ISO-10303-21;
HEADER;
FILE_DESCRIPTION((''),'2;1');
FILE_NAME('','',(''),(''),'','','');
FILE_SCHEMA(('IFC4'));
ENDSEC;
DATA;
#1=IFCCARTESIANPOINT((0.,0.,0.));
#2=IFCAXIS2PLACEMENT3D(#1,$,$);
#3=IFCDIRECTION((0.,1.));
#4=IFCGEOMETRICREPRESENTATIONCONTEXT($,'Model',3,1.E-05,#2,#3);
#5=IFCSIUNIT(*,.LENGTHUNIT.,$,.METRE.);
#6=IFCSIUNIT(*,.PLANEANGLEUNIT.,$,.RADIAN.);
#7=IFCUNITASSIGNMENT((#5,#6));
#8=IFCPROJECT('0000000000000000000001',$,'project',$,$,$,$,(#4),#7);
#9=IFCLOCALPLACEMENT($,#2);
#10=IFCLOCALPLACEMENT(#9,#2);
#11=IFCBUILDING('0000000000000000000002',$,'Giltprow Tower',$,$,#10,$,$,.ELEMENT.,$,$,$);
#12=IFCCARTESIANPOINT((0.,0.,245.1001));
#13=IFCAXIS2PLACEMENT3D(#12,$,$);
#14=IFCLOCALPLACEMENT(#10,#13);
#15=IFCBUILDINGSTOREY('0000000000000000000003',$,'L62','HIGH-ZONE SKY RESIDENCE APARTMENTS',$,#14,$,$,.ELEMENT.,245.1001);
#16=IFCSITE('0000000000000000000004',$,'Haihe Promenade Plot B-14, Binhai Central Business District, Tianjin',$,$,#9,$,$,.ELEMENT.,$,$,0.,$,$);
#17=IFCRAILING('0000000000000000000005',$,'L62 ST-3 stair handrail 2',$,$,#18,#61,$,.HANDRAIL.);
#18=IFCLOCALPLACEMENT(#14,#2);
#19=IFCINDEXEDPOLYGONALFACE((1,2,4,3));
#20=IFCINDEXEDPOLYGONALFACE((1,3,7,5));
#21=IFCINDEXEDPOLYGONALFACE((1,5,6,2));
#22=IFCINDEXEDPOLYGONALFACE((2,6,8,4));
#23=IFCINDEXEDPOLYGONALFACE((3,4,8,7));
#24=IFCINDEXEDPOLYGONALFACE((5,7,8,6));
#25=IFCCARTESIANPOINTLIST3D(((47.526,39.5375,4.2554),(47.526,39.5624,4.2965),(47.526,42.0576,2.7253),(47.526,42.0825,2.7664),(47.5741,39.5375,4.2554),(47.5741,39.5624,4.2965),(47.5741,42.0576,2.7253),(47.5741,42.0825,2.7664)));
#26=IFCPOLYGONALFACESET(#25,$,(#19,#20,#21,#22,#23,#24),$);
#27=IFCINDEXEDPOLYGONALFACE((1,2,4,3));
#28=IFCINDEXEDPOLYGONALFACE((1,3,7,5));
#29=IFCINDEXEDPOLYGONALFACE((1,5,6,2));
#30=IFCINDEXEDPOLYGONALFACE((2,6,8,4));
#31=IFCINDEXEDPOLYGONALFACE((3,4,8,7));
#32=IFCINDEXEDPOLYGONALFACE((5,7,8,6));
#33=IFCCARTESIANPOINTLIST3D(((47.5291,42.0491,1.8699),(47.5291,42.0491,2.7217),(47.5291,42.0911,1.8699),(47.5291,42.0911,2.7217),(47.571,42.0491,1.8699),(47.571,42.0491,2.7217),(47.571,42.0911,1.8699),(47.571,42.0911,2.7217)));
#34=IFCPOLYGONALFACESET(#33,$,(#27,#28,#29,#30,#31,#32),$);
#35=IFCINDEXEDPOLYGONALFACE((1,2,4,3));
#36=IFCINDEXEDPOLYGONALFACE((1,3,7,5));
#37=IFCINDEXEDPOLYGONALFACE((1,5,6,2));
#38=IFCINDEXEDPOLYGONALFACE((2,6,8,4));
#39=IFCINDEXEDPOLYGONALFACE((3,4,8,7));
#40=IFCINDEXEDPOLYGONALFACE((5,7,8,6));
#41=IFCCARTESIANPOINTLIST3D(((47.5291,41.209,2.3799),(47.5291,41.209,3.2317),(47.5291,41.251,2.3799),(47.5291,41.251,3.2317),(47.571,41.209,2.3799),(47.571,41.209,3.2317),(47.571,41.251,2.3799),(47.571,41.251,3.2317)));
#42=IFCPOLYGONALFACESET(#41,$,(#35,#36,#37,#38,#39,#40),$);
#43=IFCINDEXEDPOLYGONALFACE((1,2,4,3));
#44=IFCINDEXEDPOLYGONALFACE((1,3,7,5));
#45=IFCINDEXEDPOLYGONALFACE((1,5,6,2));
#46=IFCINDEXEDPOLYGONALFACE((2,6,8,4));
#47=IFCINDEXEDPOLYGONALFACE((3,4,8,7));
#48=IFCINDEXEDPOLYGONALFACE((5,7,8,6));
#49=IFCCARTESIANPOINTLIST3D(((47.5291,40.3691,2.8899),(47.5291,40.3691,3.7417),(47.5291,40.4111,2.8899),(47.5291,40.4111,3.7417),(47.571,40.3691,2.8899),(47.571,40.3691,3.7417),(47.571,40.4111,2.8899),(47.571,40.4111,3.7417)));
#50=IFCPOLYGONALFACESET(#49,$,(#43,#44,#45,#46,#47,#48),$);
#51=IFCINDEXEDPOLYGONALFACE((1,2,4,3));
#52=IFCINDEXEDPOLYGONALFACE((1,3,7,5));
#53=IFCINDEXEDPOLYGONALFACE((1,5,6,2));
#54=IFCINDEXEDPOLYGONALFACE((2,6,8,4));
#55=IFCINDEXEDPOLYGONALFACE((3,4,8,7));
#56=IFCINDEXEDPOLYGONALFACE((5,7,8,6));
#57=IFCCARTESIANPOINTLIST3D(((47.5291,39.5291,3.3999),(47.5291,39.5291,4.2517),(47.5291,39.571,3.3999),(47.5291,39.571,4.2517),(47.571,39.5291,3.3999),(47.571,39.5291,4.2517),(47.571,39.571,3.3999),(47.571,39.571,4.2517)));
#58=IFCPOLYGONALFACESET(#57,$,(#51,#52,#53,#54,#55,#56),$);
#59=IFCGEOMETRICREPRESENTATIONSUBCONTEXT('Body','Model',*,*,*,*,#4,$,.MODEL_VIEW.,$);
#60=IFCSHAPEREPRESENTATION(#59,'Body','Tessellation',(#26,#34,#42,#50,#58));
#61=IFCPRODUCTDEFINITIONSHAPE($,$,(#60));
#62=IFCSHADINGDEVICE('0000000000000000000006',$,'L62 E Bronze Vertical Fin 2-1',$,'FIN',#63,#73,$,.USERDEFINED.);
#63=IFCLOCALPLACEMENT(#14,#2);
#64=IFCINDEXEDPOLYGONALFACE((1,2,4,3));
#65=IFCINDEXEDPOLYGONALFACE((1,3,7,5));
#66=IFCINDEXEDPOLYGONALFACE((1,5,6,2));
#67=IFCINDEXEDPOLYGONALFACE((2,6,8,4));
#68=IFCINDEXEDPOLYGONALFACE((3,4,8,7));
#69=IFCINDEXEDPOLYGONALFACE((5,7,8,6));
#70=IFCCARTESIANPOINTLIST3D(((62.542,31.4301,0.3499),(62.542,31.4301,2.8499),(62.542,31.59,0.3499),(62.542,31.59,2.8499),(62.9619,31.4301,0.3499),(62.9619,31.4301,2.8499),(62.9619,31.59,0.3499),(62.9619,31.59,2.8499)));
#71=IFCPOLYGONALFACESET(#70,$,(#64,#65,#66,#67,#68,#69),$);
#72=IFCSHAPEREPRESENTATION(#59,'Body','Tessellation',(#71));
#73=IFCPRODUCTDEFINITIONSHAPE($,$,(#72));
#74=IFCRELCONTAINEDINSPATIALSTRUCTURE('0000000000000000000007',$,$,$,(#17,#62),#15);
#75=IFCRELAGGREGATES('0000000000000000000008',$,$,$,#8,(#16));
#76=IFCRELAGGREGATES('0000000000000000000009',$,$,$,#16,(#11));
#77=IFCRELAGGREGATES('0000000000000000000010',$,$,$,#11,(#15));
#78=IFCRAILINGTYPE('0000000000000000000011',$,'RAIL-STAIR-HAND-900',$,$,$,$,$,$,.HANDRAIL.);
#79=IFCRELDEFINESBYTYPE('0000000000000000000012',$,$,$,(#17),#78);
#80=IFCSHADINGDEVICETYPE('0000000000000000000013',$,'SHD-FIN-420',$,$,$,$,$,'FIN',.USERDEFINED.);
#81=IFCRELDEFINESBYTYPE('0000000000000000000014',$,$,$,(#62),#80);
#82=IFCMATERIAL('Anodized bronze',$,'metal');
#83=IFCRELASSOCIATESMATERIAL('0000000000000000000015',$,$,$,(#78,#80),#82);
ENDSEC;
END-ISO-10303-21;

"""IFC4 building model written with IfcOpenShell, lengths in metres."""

from ifc_helpers import new_model, si_unit, direction, frame, origin, origin_2d, place, context, subcontext, project, spatial, rectangle, extrude, source, transform, mapped, material, type_object, element, save


model = new_model("IFC4")

# Units and contexts
model_context = context("Model", 3, precision=1e-05, world=origin(), true_north=direction((0.0, 1.0)))
body_context = subcontext(model_context, "Body", "Model", "MODEL_VIEW")
ifc_project = project(units=[si_unit("LENGTHUNIT", "METRE"), si_unit("PLANEANGLEUNIT", "RADIAN")], contexts=[model_context])

# Site, building, storey
site_placement = place(None, origin())
site = spatial("IfcSite", under=ifc_project, at=site_placement, Name="Haihe Promenade Plot B-14, Binhai Central Business District, Tianjin", CompositionType="ELEMENT", RefElevation=0.0)
building_placement = place(site_placement, origin())
building = spatial("IfcBuilding", under=site, at=building_placement, Name="Giltprow Tower", CompositionType="ELEMENT")
storey_placement = place(building_placement, frame((0.0, 0.0, 245.1001)))
storey = spatial("IfcBuildingStorey", under=building, at=storey_placement, Name="L62", Description="HIGH-ZONE SKY RESIDENCE APARTMENTS", CompositionType="ELEMENT", Elevation=245.1001)

# Railing
ifc_material_1 = material(Name="Anodized bronze", Category="metal")
railing_type_1 = type_object("IfcRailingType", Name="RAIL-STAIR-HAND-900", PredefinedType="HANDRAIL", material=ifc_material_1)
railing_1_placement = place(storey_placement, frame((47.55, 42.0701, 1.8699)))
element("IfcRailing", 1, at=railing_1_placement, inside=storey, type_object=railing_type_1, Name="L62 ST-3 stair handrail 2", PredefinedType="HANDRAIL", context=body_context, shape_type="SweptSolid", body=[
    extrude(rectangle(XDim=0.0481, YDim=0.0481, at=origin_2d()), frame((0.0, 0.0, 0.876), z_axis=(0.0, -0.854785, 0.518982), x_axis=(1.0, 0.0, 0.0)), (0.0, 0.0, 1.0), 2.9482),
    extrude(rectangle(XDim=0.042, YDim=0.042, at=origin_2d()), origin(), (0.0, 0.0, 1.0), 0.8518),
    extrude(rectangle(XDim=0.042, YDim=0.042, at=origin_2d()), frame((0.0, -0.8401, 0.51)), (0.0, 0.0, 1.0), 0.8518),
    extrude(rectangle(XDim=0.042, YDim=0.042, at=origin_2d()), frame((0.0, -1.6799, 1.02)), (0.0, 0.0, 1.0), 0.8518),
    extrude(rectangle(XDim=0.042, YDim=0.042, at=origin_2d()), frame((0.0, -2.52, 1.53)), (0.0, 0.0, 1.0), 0.8518),
])

# Shading device
shading_device_type = type_object("IfcShadingDeviceType", Name="SHD-FIN-420", ElementType="FIN", PredefinedType="USERDEFINED", material=ifc_material_1)
shared_shape_1 = source(origin(), body_context, "Body", "SweptSolid", [
    extrude(rectangle(XDim=0.4199, YDim=0.1599, at=origin_2d()), origin(), (0.0, 0.0, 1.0), 2.5),
])
shading_device_placement = place(storey_placement, frame((62.752, 31.51, 0.3499), z_axis=(0.0, 0.0, 1.0), x_axis=(1.0, 0.0, 0.0)))
element("IfcShadingDevice", 2, at=shading_device_placement, inside=storey, type_object=shading_device_type, Name="L62 E Bronze Vertical Fin 2-1", ObjectType="FIN", PredefinedType="USERDEFINED", context=body_context, shape_type="MappedRepresentation", body=[
    mapped(shared_shape_1, transform((0.0, 0.0, 0.0), x_axis=(1.0, 0.0, 0.0), y_axis=(0.0, 1.0, 0.0), z_axis=(0.0, 0.0, 1.0), scale=1.0)),
])

save(model, "model.ifc")
